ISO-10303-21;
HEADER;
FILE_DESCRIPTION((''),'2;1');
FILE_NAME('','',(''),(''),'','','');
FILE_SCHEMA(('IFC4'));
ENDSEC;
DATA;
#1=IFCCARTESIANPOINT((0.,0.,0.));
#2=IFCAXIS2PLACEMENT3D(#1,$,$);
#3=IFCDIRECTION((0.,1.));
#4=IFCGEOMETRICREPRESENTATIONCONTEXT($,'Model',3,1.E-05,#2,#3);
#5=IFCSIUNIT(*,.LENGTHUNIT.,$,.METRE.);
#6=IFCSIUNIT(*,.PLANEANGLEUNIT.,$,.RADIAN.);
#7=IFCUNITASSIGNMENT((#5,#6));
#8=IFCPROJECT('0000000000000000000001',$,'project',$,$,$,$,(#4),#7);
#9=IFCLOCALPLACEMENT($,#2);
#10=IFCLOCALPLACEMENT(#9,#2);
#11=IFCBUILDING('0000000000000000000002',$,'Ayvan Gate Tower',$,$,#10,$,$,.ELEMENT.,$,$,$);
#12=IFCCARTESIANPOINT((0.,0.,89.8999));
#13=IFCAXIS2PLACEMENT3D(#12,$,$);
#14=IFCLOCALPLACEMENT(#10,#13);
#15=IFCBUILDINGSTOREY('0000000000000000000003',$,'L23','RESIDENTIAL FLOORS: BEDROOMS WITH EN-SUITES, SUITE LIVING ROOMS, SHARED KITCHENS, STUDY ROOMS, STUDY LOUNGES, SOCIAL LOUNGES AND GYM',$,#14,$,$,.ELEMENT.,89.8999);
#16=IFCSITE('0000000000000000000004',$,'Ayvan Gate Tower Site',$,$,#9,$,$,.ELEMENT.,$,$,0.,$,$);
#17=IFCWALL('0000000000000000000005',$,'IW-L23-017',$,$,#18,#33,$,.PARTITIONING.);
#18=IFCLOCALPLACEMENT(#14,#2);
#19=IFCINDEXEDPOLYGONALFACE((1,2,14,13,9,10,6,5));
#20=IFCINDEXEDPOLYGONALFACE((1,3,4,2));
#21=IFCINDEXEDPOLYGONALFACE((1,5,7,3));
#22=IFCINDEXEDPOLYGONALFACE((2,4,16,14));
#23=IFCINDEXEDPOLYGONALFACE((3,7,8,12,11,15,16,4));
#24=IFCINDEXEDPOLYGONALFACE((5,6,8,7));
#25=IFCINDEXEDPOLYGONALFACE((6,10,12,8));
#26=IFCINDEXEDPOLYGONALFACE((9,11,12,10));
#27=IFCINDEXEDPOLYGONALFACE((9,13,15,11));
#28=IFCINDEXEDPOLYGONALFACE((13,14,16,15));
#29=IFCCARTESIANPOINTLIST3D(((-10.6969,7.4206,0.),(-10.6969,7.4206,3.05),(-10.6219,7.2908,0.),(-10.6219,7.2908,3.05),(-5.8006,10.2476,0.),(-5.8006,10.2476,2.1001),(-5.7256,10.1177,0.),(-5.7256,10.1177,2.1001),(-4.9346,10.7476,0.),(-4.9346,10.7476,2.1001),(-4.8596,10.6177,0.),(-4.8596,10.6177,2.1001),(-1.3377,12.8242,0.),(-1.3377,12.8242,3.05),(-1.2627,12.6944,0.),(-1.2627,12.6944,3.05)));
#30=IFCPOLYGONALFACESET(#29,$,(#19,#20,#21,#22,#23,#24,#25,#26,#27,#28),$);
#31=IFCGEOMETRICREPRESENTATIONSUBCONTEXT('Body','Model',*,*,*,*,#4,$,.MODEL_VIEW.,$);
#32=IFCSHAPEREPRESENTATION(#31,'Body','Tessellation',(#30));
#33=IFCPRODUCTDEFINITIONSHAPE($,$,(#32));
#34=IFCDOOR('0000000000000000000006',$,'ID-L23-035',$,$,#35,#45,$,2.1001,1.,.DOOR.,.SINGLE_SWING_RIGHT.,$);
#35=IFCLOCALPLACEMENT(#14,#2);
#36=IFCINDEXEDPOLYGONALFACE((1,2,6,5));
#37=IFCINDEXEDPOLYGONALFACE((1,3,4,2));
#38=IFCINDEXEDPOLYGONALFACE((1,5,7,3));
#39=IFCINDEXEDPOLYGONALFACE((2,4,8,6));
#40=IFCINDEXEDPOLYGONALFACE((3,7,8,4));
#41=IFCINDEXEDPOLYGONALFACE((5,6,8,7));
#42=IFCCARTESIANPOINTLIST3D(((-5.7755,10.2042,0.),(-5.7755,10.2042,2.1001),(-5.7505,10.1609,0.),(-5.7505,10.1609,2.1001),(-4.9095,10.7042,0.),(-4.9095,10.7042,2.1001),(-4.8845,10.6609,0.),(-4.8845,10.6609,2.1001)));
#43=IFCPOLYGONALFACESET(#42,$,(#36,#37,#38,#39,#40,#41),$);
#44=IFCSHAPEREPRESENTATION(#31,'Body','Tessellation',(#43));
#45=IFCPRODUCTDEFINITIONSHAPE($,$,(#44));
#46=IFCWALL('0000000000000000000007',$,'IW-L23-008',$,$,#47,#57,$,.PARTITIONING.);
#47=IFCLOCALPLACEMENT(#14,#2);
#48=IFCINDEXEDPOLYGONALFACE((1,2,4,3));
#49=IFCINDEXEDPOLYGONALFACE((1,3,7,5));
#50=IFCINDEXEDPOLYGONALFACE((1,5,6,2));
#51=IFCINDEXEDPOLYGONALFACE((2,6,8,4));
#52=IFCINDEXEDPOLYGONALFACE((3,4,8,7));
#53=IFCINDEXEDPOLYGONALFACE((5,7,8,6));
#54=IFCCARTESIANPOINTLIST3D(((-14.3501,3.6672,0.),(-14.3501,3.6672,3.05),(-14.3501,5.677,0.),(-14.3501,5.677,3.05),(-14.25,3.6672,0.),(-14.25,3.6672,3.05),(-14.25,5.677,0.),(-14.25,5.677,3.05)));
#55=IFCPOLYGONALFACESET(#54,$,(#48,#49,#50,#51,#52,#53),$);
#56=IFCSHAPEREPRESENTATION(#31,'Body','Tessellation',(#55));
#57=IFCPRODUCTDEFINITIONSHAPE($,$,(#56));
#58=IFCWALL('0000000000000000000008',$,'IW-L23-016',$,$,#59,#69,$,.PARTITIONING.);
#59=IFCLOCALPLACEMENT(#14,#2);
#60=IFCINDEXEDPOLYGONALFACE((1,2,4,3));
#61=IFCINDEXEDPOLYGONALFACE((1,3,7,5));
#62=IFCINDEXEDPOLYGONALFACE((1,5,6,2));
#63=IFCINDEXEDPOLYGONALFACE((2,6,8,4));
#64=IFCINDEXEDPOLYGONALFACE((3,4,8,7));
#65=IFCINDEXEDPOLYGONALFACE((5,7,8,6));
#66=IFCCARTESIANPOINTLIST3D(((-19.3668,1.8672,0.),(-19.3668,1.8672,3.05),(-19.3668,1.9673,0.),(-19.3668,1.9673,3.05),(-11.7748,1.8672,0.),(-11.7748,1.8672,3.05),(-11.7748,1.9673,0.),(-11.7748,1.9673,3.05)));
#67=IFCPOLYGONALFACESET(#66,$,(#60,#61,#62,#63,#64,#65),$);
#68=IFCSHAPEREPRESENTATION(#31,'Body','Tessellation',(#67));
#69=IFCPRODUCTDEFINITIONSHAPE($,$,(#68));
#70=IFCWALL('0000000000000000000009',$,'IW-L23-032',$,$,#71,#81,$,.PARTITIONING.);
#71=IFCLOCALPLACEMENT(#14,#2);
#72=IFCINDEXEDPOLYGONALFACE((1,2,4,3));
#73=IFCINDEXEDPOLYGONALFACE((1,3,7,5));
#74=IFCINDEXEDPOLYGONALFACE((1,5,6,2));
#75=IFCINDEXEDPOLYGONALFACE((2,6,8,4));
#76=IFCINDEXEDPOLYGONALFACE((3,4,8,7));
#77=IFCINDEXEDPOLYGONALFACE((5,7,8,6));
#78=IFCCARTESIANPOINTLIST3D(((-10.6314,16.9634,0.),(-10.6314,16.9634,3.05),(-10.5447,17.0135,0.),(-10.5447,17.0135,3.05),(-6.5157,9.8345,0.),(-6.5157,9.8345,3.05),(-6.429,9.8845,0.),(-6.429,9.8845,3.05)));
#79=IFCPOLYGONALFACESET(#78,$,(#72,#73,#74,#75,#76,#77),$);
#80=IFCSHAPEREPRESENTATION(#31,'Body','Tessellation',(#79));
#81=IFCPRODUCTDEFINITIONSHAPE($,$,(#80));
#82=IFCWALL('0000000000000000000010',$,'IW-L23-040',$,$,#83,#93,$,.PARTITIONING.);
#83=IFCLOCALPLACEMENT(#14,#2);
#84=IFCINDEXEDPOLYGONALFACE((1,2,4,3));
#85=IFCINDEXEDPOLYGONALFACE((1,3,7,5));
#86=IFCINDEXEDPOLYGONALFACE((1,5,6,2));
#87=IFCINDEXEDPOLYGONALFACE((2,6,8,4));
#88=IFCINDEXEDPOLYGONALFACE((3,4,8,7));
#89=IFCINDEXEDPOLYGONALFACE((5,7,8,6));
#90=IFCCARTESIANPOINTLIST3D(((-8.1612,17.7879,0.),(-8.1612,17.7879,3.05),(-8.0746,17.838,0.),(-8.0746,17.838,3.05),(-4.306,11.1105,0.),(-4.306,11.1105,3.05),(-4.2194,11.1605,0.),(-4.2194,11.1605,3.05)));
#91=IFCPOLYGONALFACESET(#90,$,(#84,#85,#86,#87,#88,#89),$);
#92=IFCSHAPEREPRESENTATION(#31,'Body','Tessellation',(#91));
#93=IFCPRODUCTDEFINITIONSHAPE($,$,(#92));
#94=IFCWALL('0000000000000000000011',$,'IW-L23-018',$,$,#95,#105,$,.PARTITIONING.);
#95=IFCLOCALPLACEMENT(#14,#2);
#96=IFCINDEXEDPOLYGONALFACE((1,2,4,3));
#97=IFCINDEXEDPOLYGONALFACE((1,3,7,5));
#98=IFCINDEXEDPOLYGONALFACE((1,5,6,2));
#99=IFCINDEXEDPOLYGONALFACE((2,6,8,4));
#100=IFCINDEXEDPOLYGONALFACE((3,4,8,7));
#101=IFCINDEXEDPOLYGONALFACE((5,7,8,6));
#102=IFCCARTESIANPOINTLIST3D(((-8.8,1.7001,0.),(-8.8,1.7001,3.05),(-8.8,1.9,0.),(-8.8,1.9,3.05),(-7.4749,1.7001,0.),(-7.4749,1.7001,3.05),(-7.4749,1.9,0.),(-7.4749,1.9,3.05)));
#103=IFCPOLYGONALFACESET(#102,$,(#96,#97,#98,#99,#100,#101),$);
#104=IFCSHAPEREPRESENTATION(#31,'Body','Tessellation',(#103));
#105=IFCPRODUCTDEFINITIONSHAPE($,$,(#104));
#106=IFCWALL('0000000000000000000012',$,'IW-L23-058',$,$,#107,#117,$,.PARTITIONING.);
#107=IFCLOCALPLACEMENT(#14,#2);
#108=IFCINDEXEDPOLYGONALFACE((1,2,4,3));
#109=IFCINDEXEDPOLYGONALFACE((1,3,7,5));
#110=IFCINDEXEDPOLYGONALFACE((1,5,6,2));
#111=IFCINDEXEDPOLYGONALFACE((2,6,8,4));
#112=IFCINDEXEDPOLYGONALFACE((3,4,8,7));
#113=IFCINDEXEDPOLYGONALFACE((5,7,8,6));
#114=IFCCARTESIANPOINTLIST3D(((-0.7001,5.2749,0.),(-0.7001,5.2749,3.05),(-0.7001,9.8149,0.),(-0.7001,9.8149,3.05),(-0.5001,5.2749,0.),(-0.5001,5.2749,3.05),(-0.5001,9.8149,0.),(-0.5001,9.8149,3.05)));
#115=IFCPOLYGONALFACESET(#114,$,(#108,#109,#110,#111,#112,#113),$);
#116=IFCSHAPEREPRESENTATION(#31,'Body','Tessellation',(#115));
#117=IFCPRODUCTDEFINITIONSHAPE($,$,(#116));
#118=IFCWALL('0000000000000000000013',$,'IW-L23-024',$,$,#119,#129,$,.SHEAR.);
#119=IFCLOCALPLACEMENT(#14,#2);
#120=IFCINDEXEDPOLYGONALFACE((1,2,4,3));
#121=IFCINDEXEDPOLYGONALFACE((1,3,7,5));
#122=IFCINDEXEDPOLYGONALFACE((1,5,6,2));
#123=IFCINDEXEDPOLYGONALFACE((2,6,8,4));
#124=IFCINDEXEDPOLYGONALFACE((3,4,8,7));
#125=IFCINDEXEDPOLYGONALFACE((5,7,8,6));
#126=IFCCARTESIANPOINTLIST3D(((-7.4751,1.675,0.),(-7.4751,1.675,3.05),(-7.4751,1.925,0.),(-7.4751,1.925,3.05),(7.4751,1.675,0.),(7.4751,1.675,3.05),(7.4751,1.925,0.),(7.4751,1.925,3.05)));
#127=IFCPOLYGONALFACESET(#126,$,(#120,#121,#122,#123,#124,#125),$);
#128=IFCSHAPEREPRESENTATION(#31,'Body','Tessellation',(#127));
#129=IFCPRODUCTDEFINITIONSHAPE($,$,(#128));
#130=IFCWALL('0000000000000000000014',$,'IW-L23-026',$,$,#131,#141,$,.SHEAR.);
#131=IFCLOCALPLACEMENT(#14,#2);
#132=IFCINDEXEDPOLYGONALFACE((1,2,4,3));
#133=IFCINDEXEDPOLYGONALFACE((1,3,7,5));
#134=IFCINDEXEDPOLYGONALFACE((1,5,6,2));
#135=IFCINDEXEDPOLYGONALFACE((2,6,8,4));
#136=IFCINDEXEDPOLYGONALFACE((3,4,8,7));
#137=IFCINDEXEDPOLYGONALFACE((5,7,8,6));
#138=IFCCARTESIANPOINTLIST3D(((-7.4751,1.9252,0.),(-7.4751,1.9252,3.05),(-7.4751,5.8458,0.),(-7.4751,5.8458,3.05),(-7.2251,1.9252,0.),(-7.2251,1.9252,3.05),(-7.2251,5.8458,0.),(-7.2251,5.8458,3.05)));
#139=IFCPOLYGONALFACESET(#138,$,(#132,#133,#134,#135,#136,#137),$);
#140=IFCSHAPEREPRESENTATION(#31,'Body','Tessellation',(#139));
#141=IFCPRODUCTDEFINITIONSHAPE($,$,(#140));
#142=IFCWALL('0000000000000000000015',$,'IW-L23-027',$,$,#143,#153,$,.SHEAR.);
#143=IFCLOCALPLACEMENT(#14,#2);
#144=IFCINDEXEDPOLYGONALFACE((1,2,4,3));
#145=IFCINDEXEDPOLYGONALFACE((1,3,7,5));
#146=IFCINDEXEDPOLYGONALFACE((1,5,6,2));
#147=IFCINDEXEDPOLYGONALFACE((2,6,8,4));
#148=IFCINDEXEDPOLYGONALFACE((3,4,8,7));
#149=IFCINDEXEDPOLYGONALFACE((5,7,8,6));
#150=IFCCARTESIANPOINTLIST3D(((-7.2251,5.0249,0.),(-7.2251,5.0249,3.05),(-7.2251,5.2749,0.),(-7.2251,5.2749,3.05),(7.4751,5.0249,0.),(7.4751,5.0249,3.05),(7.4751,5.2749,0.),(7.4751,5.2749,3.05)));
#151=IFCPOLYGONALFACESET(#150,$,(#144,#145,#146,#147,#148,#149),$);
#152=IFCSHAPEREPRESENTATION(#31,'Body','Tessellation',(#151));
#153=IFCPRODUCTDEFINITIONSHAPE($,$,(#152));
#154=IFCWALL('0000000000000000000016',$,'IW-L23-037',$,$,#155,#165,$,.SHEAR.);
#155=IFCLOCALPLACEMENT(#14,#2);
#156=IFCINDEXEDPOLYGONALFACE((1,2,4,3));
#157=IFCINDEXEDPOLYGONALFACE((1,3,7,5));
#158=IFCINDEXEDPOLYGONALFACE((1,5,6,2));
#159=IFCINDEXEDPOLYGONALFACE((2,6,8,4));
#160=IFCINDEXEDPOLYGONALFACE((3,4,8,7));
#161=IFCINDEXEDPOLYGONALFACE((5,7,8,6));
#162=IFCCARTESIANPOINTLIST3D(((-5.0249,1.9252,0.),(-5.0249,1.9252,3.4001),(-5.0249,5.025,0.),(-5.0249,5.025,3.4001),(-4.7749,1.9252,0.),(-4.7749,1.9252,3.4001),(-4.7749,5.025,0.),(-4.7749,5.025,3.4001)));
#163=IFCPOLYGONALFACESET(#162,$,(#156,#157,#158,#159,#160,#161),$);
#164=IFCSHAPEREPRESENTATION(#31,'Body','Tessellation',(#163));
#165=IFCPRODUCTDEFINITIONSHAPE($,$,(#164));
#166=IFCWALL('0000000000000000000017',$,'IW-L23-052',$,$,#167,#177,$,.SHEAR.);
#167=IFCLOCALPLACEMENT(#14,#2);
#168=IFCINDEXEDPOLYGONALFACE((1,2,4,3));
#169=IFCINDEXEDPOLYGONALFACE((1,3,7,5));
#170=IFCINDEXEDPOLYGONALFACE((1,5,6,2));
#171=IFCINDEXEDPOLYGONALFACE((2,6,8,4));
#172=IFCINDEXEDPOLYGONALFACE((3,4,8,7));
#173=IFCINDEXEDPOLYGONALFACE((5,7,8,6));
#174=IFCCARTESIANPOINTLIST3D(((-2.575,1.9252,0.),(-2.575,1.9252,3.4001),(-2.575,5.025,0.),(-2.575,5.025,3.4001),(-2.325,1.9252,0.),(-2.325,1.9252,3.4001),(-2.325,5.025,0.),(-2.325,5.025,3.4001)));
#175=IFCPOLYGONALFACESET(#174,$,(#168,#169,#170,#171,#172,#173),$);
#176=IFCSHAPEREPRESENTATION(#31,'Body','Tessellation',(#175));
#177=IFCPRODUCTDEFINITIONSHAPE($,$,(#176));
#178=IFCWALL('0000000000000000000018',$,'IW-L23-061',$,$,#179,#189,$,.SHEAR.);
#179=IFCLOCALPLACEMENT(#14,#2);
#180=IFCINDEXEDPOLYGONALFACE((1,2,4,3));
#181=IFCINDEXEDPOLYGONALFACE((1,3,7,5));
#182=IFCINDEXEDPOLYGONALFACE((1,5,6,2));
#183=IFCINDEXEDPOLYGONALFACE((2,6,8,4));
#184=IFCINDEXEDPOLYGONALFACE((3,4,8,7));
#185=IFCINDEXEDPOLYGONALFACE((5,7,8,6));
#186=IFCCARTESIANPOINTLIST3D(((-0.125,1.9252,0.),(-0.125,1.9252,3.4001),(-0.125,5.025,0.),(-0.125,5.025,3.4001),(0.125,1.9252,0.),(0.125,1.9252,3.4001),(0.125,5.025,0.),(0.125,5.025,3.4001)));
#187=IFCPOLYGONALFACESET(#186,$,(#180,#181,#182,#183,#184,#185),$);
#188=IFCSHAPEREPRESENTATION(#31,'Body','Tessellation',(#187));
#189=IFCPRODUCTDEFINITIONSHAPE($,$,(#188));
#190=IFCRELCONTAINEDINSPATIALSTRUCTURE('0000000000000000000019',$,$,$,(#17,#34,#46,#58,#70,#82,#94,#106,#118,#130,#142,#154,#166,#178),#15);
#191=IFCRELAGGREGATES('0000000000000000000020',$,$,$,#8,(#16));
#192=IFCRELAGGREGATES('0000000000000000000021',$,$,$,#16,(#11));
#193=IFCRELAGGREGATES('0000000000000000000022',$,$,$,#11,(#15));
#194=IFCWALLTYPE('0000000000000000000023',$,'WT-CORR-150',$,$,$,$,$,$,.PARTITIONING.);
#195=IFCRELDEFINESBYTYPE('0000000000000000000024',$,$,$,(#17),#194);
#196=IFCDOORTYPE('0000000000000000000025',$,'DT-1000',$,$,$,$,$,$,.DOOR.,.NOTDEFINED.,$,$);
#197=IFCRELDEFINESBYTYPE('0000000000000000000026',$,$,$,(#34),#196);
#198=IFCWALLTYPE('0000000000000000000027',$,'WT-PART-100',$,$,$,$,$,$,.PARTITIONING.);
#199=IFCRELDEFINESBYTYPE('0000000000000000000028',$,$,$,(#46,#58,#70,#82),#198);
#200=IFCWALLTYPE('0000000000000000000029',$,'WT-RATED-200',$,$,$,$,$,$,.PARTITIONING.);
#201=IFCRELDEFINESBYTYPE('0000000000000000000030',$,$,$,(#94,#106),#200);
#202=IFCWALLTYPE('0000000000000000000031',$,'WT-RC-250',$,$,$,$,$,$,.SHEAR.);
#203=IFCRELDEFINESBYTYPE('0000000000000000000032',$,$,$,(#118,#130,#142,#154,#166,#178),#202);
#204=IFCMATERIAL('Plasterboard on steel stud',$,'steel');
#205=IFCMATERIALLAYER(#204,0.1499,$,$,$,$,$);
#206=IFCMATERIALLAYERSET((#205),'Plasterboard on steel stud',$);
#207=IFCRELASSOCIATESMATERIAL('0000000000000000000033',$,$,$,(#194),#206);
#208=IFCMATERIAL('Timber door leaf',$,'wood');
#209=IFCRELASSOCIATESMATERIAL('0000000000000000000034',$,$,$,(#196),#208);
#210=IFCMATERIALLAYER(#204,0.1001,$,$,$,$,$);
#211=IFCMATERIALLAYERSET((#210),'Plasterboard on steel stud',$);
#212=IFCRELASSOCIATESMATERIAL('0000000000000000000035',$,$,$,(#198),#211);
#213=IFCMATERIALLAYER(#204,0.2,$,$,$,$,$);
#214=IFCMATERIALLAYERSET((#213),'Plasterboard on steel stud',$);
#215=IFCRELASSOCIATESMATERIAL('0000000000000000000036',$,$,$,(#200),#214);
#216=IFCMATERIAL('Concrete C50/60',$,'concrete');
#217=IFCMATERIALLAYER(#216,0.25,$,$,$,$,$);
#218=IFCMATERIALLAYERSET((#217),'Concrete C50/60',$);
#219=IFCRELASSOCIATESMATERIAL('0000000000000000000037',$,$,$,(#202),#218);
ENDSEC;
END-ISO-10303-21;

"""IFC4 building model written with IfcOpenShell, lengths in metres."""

from ifc_helpers import new_model, si_unit, direction, frame, frame_2d, origin, place, context, subcontext, project, spatial, rectangle, extrude, material, layer, layer_set, type_object, element, fill, save


model = new_model("IFC4")

# Units and contexts
model_context = context("Model", 3, precision=1e-05, world=origin(), true_north=direction((0.0, 1.0)))
body_context = subcontext(model_context, "Body", "Model", "MODEL_VIEW")
ifc_project = project(units=[si_unit("LENGTHUNIT", "METRE"), si_unit("PLANEANGLEUNIT", "RADIAN")], contexts=[model_context])

# Site, building, storey
site_placement = place(None, origin())
site = spatial("IfcSite", under=ifc_project, at=site_placement, Name="Ayvan Gate Tower Site", CompositionType="ELEMENT", RefElevation=0.0)
building_placement = place(site_placement, origin())
building = spatial("IfcBuilding", under=site, at=building_placement, Name="Ayvan Gate Tower", CompositionType="ELEMENT")
storey_placement = place(building_placement, frame((0.0, 0.0, 89.8999)))
storey = spatial("IfcBuildingStorey", under=building, at=storey_placement, Name="L23", Description="RESIDENTIAL FLOORS: BEDROOMS WITH EN-SUITES, SUITE LIVING ROOMS, SHARED KITCHENS, STUDY ROOMS, STUDY LOUNGES, SOCIAL LOUNGES AND GYM", CompositionType="ELEMENT", Elevation=89.8999)

# Wall, opening, door
ifc_material_1 = material(Name="Timber door leaf", Category="wood")
ifc_material_2 = material(Name="Plasterboard on steel stud", Category="steel")
ifc_layer_1 = layer(ifc_material_2, 0.1499)
ifc_layer_set_1 = layer_set([ifc_layer_1], Name="Plasterboard on steel stud")
wall_type_1 = type_object("IfcWallType", Name="WT-CORR-150", PredefinedType="PARTITIONING", material=ifc_layer_set_1)
door_type_1 = type_object("IfcDoorType", Name="DT-1000", OperationType="NOTDEFINED", PredefinedType="DOOR", material=ifc_material_1)
wall_1_placement = place(storey_placement, frame((-10.6594, 7.3557, 0.0), z_axis=(0.0, 0.0, 1.0), x_axis=(0.866023, 0.500005, 0.0)))
wall_1 = element("IfcWall", 1, at=wall_1_placement, inside=storey, type_object=wall_type_1, Name="IW-L23-017", PredefinedType="PARTITIONING", context=body_context, shape_type="SweptSolid", body=[
    extrude(rectangle(XDim=10.8071, YDim=0.1499, at=frame_2d((5.4036, 0.0))), origin(), (0.0, 0.0, 1.0), 3.05),
])
opening_1_placement = place(wall_1_placement, frame((5.6538, 0.0, 0.0)))
opening_1 = element("IfcOpeningElement", 2, at=opening_1_placement, cuts=wall_1, PredefinedType="OPENING", context=body_context, shape_type="SweptSolid", body=[
    extrude(rectangle(XDim=1.0, YDim=2.1001, at=frame_2d((0.5, 1.05))), frame((0.0, 0.085, 0.0), z_axis=(0.0, -1.0, 0.0), x_axis=(1.0, 0.0, 0.0)), (0.0, 0.0, 1.0), 0.1699),
])
door_1_placement = place(opening_1_placement, origin())
door_1 = element("IfcDoor", 3, at=door_1_placement, inside=storey, type_object=door_type_1, Name="ID-L23-035", OperationType="SINGLE_SWING_RIGHT", OverallHeight=2.1001, OverallWidth=1.0, PredefinedType="DOOR", context=body_context, shape_type="SweptSolid", body=[
    extrude(rectangle(XDim=1.0, YDim=2.1001, at=frame_2d((0.5, 1.05))), frame((0.0, 0.0249, 0.0), z_axis=(0.0, -1.0, 0.0), x_axis=(1.0, 0.0, 0.0)), (0.0, 0.0, 1.0), 0.05),
])
fill(opening_1, door_1)

# Walls
ifc_layer_2 = layer(ifc_material_2, 0.1001)
ifc_layer_set_2 = layer_set([ifc_layer_2], Name="Plasterboard on steel stud")
wall_type_2 = type_object("IfcWallType", Name="WT-PART-100", PredefinedType="PARTITIONING", material=ifc_layer_set_2)
wall_2_placement = place(storey_placement, frame((-14.3, 5.677, 0.0), z_axis=(0.0, 0.0, 1.0), x_axis=(0.0, -1.0, 0.0)))
element("IfcWall", 4, at=wall_2_placement, inside=storey, type_object=wall_type_2, Name="IW-L23-008", PredefinedType="PARTITIONING", context=body_context, shape_type="SweptSolid", body=[
    extrude(rectangle(XDim=2.0098, YDim=0.1001, at=frame_2d((1.0049, 0.0))), origin(), (0.0, 0.0, 1.0), 3.05),
])
wall_3_placement = place(storey_placement, frame((-11.7749, 1.9172, 0.0), z_axis=(0.0, 0.0, 1.0), x_axis=(-1.0, 0.0, 0.0)))
element("IfcWall", 5, at=wall_3_placement, inside=storey, type_object=wall_type_2, Name="IW-L23-016", PredefinedType="PARTITIONING", context=body_context, shape_type="SweptSolid", body=[
    extrude(rectangle(XDim=7.592, YDim=0.1001, at=frame_2d((3.7959, 0.0))), origin(), (0.0, 0.0, 1.0), 3.05),
])
wall_4_placement = place(storey_placement, frame((-6.4724, 9.8596, 0.0), z_axis=(0.0, 0.0, 1.0), x_axis=(-0.499986, 0.866033, 0.0)))
element("IfcWall", 6, at=wall_4_placement, inside=storey, type_object=wall_type_2, Name="IW-L23-032", PredefinedType="PARTITIONING", context=body_context, shape_type="SweptSolid", body=[
    extrude(rectangle(XDim=8.2317, YDim=0.1001, at=frame_2d((4.1157, 0.0))), origin(), (0.0, 0.0, 1.0), 3.05),
])
wall_5_placement = place(storey_placement, frame((-4.2627, 11.1355, 0.0), z_axis=(0.0, 0.0, 1.0), x_axis=(-0.499997, 0.866027, 0.0)))
element("IfcWall", 7, at=wall_5_placement, inside=storey, type_object=wall_type_2, Name="IW-L23-040", PredefinedType="PARTITIONING", context=body_context, shape_type="SweptSolid", body=[
    extrude(rectangle(XDim=7.7104, YDim=0.1001, at=frame_2d((3.8552, 0.0))), origin(), (0.0, 0.0, 1.0), 3.05),
])
ifc_layer_3 = layer(ifc_material_2, 0.2)
ifc_layer_set_3 = layer_set([ifc_layer_3], Name="Plasterboard on steel stud")
wall_type_3 = type_object("IfcWallType", Name="WT-RATED-200", PredefinedType="PARTITIONING", material=ifc_layer_set_3)
wall_6_placement = place(storey_placement, frame((-8.8, 1.8, 0.0), z_axis=(0.0, 0.0, 1.0), x_axis=(1.0, 0.0, 0.0)))
element("IfcWall", 8, at=wall_6_placement, inside=storey, type_object=wall_type_3, Name="IW-L23-018", PredefinedType="PARTITIONING", context=body_context, shape_type="SweptSolid", body=[
    extrude(rectangle(XDim=1.3252, YDim=0.2, at=frame_2d((0.6626, 0.0))), origin(), (0.0, 0.0, 1.0), 3.05),
])
wall_7_placement = place(storey_placement, frame((-0.6001, 9.8149, 0.0), z_axis=(0.0, 0.0, 1.0), x_axis=(0.0, -1.0, 0.0)))
element("IfcWall", 9, at=wall_7_placement, inside=storey, type_object=wall_type_3, Name="IW-L23-058", PredefinedType="PARTITIONING", context=body_context, shape_type="SweptSolid", body=[
    extrude(rectangle(XDim=4.54, YDim=0.2, at=frame_2d((2.27, 0.0))), origin(), (0.0, 0.0, 1.0), 3.05),
])
ifc_material_3 = material(Name="Concrete C50/60", Category="concrete")
ifc_layer_4 = layer(ifc_material_3, 0.25)
ifc_layer_set_4 = layer_set([ifc_layer_4], Name="Concrete C50/60")
wall_type_4 = type_object("IfcWallType", Name="WT-RC-250", PredefinedType="SHEAR", material=ifc_layer_set_4)
wall_8_placement = place(storey_placement, frame((-7.4751, 1.8, 0.0), z_axis=(0.0, 0.0, 1.0), x_axis=(1.0, 0.0, 0.0)))
element("IfcWall", 10, at=wall_8_placement, inside=storey, type_object=wall_type_4, Name="IW-L23-024", PredefinedType="SHEAR", context=body_context, shape_type="SweptSolid", body=[
    extrude(rectangle(XDim=14.9502, YDim=0.25, at=frame_2d((7.4751, 0.0))), origin(), (0.0, 0.0, 1.0), 3.05),
])
wall_9_placement = place(storey_placement, frame((-7.3501, 1.925, 0.0), z_axis=(0.0, 0.0, 1.0), x_axis=(0.0, 1.0, 0.0)))
element("IfcWall", 11, at=wall_9_placement, inside=storey, type_object=wall_type_4, Name="IW-L23-026", PredefinedType="SHEAR", context=body_context, shape_type="SweptSolid", body=[
    extrude(rectangle(XDim=3.9207, YDim=0.25, at=frame_2d((1.9604, 0.0))), origin(), (0.0, 0.0, 1.0), 3.05),
])
wall_10_placement = place(storey_placement, frame((-7.2251, 5.1499, 0.0), z_axis=(0.0, 0.0, 1.0), x_axis=(1.0, 0.0, 0.0)))
element("IfcWall", 12, at=wall_10_placement, inside=storey, type_object=wall_type_4, Name="IW-L23-027", PredefinedType="SHEAR", context=body_context, shape_type="SweptSolid", body=[
    extrude(rectangle(XDim=14.7002, YDim=0.25, at=frame_2d((7.3501, 0.0))), origin(), (0.0, 0.0, 1.0), 3.05),
])
for number, where, z_axis, x_axis, name in (
    (13, (-4.8999, 5.0249, 0.0), (0.0, 0.0, 1.0), (0.0, -1.0, 0.0), "IW-L23-037"),
    (14, (-2.45, 5.0249, 0.0), (0.0, 0.0, 1.0), (0.0, -1.0, 0.0), "IW-L23-052"),
    (15, (0.0, 5.0249, 0.0), (0.0, 0.0, 1.0), (0.0, -1.0, 0.0), "IW-L23-061"),
):
    element("IfcWall", number, at=place(storey_placement, frame(where, z_axis=z_axis, x_axis=x_axis)), inside=storey, type_object=wall_type_4, Name=name, PredefinedType="SHEAR", context=body_context, shape_type="SweptSolid", body=[
        extrude(rectangle(XDim=3.0999, YDim=0.25, at=frame_2d((1.5498, 0.0))), origin(), (0.0, 0.0, 1.0), 3.4001),
    ])

save(model, "model.ifc")
